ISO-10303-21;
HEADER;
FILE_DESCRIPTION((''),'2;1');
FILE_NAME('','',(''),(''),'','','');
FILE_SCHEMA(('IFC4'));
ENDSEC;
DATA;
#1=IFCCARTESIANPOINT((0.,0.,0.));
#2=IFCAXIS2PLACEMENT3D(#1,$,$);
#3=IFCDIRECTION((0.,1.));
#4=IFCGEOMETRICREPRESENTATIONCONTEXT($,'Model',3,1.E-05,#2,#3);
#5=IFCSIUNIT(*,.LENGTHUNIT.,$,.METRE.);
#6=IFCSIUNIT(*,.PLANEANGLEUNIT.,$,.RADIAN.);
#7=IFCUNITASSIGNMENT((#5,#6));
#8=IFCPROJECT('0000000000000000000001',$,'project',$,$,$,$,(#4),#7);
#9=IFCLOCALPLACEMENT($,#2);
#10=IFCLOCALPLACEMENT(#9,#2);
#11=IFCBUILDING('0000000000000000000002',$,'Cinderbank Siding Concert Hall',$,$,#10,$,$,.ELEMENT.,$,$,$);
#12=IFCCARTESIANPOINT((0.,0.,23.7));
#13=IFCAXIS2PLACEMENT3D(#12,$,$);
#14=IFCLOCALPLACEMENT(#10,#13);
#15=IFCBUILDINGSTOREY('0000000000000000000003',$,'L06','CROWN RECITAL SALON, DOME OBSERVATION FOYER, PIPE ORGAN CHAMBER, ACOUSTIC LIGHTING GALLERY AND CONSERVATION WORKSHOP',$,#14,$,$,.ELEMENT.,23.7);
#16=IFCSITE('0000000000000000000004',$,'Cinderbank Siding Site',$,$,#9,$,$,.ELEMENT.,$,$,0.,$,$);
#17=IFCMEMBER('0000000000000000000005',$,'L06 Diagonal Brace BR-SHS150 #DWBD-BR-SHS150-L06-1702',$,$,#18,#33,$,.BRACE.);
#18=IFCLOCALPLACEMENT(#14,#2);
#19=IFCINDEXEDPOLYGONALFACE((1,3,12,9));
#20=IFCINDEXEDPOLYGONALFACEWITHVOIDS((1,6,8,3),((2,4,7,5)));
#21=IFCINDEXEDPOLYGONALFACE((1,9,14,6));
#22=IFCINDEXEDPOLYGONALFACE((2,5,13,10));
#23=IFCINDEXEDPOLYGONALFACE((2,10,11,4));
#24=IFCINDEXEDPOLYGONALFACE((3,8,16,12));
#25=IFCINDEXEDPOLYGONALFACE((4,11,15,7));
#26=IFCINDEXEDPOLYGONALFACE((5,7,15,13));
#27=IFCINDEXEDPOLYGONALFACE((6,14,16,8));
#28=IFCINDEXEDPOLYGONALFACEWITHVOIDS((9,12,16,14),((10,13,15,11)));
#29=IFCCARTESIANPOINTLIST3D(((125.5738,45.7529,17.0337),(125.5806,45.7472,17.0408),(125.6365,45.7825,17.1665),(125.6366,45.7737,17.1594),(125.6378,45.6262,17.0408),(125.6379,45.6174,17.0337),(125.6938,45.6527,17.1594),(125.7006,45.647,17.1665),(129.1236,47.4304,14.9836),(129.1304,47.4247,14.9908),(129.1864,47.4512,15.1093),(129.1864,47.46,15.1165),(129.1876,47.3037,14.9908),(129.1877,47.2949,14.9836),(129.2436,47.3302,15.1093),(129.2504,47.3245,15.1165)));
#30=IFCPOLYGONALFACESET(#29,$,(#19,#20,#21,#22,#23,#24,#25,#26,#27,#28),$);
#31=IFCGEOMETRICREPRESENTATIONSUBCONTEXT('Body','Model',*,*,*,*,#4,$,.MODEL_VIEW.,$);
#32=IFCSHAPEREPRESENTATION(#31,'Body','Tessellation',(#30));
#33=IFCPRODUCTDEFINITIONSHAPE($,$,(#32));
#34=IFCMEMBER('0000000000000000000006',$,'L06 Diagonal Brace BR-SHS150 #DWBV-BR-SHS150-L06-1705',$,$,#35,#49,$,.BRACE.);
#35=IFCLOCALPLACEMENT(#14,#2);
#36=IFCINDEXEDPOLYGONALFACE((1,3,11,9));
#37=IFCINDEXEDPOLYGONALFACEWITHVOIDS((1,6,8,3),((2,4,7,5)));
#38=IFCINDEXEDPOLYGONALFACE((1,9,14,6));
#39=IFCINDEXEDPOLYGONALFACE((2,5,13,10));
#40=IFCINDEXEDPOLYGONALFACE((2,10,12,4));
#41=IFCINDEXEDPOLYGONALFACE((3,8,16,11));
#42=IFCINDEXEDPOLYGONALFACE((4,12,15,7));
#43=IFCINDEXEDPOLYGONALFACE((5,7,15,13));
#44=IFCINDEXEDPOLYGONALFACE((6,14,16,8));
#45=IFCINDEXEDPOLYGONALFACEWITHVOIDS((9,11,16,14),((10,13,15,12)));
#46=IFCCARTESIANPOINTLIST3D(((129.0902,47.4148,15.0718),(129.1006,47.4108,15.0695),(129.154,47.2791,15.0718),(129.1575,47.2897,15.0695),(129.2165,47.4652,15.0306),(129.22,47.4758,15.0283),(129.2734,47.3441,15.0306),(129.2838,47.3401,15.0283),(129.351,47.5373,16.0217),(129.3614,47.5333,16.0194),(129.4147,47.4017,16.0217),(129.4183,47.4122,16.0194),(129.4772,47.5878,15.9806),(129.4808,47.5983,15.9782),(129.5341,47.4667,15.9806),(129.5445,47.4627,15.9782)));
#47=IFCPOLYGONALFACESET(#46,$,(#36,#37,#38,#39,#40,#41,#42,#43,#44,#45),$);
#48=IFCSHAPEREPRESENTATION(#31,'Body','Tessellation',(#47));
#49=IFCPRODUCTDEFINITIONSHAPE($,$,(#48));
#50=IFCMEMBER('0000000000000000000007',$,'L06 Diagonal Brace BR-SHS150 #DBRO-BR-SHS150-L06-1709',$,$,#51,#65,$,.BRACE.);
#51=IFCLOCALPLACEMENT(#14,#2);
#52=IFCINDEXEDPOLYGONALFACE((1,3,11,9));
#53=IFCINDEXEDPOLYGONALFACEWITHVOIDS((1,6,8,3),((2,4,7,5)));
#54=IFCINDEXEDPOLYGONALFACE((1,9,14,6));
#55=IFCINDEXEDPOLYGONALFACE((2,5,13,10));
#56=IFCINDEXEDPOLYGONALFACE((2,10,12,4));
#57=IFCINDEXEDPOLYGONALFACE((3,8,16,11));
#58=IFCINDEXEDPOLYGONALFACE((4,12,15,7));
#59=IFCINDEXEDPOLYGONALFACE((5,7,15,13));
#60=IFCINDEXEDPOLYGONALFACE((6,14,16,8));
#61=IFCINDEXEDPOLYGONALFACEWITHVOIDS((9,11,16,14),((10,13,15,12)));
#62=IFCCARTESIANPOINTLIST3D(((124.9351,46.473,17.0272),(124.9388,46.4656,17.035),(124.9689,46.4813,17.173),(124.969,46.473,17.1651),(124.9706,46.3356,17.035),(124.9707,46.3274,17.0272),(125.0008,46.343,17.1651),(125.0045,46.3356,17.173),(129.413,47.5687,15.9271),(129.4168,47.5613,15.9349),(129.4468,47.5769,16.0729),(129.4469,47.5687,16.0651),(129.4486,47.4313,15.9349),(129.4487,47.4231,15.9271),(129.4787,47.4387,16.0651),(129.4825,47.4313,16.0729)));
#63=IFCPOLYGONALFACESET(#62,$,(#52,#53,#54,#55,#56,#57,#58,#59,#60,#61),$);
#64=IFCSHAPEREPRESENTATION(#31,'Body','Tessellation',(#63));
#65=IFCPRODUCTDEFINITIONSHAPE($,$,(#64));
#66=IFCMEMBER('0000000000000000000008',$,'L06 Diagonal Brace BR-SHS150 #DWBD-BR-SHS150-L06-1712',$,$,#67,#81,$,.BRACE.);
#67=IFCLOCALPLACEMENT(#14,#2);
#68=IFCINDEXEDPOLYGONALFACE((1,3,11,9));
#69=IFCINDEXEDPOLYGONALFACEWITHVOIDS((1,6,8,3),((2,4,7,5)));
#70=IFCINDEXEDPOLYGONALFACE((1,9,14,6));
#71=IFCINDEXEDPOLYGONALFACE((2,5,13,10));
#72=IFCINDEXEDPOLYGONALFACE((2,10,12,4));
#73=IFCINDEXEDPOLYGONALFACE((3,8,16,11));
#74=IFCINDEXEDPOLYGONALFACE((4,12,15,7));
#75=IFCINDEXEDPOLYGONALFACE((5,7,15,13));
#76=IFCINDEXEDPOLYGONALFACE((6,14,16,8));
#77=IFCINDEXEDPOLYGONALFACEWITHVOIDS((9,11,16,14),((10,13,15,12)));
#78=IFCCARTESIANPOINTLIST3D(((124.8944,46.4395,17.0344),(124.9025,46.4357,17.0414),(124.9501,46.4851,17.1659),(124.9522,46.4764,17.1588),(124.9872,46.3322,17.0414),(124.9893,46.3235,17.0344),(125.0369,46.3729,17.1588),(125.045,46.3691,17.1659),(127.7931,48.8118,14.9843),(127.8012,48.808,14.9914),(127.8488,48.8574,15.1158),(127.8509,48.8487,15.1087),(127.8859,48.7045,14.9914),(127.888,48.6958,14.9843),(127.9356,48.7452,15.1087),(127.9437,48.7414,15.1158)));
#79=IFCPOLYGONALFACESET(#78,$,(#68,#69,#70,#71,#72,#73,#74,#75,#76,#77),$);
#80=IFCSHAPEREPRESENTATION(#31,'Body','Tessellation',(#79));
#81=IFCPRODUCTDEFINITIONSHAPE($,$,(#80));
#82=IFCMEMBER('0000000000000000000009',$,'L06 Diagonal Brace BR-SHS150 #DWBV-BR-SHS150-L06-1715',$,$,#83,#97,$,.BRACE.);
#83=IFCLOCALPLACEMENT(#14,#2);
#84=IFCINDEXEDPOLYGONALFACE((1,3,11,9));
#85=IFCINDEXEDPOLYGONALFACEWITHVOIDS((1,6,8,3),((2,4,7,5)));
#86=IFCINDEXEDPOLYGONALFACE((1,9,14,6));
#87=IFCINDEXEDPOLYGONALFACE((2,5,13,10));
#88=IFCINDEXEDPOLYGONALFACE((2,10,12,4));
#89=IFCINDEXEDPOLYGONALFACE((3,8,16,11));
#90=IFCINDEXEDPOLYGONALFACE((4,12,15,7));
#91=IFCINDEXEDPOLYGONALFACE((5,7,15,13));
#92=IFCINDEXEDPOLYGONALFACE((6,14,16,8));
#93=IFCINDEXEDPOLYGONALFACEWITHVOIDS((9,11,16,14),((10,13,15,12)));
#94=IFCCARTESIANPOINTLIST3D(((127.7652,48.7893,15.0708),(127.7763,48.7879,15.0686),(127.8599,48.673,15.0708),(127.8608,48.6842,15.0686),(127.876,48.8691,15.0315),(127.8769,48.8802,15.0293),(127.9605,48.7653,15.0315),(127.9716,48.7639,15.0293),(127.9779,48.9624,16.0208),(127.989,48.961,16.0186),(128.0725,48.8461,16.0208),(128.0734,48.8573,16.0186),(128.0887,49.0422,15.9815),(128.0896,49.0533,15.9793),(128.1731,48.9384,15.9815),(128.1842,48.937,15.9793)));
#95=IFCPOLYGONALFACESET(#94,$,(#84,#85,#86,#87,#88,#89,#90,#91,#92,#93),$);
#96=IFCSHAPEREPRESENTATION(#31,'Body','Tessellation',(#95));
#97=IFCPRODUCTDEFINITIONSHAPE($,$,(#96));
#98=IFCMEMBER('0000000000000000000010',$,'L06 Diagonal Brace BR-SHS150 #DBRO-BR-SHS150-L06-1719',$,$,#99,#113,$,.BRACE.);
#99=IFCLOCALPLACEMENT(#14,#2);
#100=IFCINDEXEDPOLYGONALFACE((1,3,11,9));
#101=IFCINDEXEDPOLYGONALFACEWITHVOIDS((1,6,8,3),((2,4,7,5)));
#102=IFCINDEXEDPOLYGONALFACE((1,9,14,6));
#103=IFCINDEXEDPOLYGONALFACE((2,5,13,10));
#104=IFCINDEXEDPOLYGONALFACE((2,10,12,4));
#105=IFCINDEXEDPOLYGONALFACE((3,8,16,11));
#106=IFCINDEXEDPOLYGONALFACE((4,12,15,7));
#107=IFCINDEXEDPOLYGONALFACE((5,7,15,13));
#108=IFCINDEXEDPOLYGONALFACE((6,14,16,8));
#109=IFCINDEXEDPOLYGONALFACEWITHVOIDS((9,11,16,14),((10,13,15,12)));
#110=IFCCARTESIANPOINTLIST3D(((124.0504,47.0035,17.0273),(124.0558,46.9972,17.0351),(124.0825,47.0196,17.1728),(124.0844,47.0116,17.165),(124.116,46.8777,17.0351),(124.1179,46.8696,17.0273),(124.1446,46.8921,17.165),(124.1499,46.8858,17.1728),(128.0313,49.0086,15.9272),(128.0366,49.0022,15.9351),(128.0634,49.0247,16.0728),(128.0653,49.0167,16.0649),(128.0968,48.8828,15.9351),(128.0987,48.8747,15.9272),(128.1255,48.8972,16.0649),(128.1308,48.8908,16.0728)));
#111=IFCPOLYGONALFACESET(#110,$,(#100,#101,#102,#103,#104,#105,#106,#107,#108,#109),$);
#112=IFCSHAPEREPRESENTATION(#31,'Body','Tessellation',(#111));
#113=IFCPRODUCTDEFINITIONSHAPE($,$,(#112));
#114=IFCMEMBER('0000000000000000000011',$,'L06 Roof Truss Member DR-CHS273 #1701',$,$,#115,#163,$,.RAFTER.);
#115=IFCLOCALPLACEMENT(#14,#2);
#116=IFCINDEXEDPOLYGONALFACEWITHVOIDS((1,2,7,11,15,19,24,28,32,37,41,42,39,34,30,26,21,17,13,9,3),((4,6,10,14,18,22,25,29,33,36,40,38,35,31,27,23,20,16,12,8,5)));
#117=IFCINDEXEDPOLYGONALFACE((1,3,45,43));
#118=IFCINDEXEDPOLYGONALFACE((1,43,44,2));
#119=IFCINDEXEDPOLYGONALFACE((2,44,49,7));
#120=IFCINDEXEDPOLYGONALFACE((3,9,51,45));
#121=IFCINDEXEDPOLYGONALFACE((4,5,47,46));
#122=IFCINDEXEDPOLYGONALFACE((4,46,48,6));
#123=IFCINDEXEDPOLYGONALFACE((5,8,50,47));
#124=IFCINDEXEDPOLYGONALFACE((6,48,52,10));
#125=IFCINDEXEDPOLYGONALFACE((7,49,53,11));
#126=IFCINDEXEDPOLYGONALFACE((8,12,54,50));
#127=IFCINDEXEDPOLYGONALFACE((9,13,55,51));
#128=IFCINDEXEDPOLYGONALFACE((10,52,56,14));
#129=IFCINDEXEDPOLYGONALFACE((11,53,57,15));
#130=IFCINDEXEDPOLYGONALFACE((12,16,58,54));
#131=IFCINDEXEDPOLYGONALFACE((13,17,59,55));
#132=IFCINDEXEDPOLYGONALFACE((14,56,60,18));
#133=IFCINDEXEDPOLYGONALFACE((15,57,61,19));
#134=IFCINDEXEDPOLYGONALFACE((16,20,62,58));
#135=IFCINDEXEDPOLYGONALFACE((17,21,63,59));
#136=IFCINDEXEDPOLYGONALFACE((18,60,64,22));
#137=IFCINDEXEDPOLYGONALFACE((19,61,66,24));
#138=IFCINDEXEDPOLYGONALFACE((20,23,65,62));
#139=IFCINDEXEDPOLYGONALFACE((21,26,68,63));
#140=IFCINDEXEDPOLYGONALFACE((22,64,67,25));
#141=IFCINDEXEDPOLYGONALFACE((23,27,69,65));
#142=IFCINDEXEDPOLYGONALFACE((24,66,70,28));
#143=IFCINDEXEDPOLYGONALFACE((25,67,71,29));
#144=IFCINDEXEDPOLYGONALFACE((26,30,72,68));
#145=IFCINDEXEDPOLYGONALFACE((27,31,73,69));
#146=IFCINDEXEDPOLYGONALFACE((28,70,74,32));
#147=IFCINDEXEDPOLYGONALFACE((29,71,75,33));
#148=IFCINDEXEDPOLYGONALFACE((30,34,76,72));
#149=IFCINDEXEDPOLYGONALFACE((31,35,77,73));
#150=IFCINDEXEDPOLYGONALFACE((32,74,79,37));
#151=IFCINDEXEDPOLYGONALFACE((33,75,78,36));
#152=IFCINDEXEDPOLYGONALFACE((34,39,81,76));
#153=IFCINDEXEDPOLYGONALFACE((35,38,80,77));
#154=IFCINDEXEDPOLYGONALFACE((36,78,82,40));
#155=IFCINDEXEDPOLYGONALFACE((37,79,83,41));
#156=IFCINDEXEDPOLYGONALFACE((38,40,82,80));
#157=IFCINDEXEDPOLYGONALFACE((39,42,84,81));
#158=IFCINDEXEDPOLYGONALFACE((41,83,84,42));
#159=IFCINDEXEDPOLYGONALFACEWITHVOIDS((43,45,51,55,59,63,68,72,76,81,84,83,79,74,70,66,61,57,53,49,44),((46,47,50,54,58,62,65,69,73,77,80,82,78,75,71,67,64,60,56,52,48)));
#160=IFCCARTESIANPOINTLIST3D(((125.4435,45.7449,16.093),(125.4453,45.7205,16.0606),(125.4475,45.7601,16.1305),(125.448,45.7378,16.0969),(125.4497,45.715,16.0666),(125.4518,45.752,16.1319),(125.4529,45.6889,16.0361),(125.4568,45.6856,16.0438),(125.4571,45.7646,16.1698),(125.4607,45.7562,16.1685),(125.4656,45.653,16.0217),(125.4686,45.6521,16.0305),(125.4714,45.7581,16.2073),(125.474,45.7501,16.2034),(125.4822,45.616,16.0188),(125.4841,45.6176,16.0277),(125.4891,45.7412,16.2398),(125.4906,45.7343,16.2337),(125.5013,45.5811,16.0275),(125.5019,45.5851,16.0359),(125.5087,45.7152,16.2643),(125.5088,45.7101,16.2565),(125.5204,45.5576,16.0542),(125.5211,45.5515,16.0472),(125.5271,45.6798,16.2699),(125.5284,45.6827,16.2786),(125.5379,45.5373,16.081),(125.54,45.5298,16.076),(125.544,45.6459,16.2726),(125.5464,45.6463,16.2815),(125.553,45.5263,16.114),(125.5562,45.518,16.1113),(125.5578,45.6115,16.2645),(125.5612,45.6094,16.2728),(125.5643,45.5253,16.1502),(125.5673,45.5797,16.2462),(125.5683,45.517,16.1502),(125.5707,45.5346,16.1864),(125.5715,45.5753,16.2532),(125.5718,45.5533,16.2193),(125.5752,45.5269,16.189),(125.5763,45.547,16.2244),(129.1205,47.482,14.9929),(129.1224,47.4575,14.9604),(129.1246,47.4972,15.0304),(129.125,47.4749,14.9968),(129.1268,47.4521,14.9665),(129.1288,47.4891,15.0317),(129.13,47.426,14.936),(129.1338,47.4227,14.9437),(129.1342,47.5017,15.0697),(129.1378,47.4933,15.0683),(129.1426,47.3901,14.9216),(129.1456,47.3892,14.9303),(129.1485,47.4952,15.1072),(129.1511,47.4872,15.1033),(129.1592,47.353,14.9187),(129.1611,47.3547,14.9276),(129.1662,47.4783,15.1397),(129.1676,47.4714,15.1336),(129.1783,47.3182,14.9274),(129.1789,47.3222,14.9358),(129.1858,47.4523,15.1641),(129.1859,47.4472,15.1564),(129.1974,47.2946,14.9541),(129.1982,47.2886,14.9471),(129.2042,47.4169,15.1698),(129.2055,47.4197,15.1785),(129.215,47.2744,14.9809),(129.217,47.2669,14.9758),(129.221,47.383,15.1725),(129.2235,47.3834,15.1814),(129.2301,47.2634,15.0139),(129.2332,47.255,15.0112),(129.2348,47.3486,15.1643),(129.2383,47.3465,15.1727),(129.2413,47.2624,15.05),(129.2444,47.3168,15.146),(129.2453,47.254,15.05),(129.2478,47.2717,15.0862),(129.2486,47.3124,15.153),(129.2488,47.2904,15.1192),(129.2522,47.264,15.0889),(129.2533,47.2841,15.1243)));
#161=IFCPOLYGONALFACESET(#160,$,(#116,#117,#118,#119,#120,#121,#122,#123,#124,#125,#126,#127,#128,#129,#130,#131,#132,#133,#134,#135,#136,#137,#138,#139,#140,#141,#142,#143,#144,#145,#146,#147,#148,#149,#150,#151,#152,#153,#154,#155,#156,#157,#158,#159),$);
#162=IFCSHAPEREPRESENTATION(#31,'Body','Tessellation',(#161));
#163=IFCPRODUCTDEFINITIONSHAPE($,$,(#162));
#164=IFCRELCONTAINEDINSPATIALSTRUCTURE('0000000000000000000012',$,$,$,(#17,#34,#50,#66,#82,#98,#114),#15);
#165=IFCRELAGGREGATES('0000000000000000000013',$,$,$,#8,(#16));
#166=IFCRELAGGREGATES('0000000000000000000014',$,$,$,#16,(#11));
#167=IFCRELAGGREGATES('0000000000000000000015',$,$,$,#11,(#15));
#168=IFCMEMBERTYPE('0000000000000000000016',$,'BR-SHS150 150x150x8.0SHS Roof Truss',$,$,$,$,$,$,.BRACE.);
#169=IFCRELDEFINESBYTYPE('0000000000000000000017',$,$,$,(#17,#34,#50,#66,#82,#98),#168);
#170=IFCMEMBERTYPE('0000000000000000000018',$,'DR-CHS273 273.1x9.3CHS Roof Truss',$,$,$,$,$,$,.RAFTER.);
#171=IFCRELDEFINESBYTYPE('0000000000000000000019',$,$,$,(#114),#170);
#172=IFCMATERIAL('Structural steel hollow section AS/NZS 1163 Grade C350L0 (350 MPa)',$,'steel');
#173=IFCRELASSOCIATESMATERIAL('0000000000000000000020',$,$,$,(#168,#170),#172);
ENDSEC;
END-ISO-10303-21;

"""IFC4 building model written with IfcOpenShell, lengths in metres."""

from ifc_helpers import new_model, si_unit, direction, frame, origin, origin_2d, place, context, subcontext, project, spatial, hollow_rectangle, hollow_circle, extrude, material, material_profile, profile_set, type_object, element, save


model = new_model("IFC4")

# Units and contexts
model_context = context("Model", 3, precision=1e-05, world=origin(), true_north=direction((0.0, 1.0)))
body_context = subcontext(model_context, "Body", "Model", "MODEL_VIEW")
ifc_project = project(units=[si_unit("LENGTHUNIT", "METRE"), si_unit("PLANEANGLEUNIT", "RADIAN")], contexts=[model_context])

# Site, building, storey
site_placement = place(None, origin())
site = spatial("IfcSite", under=ifc_project, at=site_placement, Name="Cinderbank Siding Site", CompositionType="ELEMENT", RefElevation=0.0)
building_placement = place(site_placement, origin())
building = spatial("IfcBuilding", under=site, at=building_placement, Name="Cinderbank Siding Concert Hall", CompositionType="ELEMENT")
storey_placement = place(building_placement, frame((0.0, 0.0, 23.7)))
storey = spatial("IfcBuildingStorey", under=building, at=storey_placement, Name="L06", Description="CROWN RECITAL SALON, DOME OBSERVATION FOYER, PIPE ORGAN CHAMBER, ACOUSTIC LIGHTING GALLERY AND CONSERVATION WORKSHOP", CompositionType="ELEMENT", Elevation=23.7)

# Members
ifc_material_1 = material(Name="Structural steel hollow section AS/NZS 1163 Grade C350L0 (350 MPa)", Category="steel")
ifc_material_profile_1 = material_profile(ifc_material_1, hollow_rectangle(XDim=0.1499, YDim=0.1499, WallThickness=0.0081, at=origin_2d()), Name="150x150x8.0SHS", Category="LoadBearing")
ifc_profile_set_1 = profile_set([ifc_material_profile_1], Name="Structural steel hollow section AS/NZS 1163 Grade C350L0 (350 MPa)")
member_type_1 = type_object("IfcMemberType", Name="BR-SHS150 150x150x8.0SHS Roof Truss", PredefinedType="BRACE", material=ifc_profile_set_1)
member_1_placement = place(storey_placement, frame((129.187, 47.3774, 15.05), z_axis=(-0.801456, -0.378735, 0.462849), x_axis=(0.427255, -0.904131, 0.0)))
element("IfcMember", 1, at=member_1_placement, inside=storey, type_object=member_type_1, Name="L06 Diagonal Brace BR-SHS150 #DWBD-BR-SHS150-L06-1702", PredefinedType="BRACE", context=body_context, shape_type="SweptSolid", body=[
    extrude(hollow_rectangle(XDim=0.1499, YDim=0.1499, WallThickness=0.0081, at=origin_2d()), origin(), (0.0, 0.0, 1.0), 4.4292),
])
member_2_placement = place(storey_placement, frame((129.187, 47.3774, 15.05), z_axis=(0.262665, 0.123462, 0.956956), x_axis=(-0.425389, 0.905011, 0.0)))
element("IfcMember", 2, at=member_2_placement, inside=storey, type_object=member_type_1, Name="L06 Diagonal Brace BR-SHS150 #DWBV-BR-SHS150-L06-1705", PredefinedType="BRACE", context=body_context, shape_type="SweptSolid", body=[
    extrude(hollow_rectangle(XDim=0.1499, YDim=0.1499, WallThickness=0.0081, at=origin_2d()), origin(), (0.0, 0.0, 1.0), 0.9927),
])
member_3_placement = place(storey_placement, frame((129.4478, 47.5, 16.0), z_axis=(-0.944818, -0.231182, 0.232109), x_axis=(0.237673, -0.971345, 0.0)))
element("IfcMember", 3, at=member_3_placement, inside=storey, type_object=member_type_1, Name="L06 Diagonal Brace BR-SHS150 #DBRO-BR-SHS150-L06-1709", PredefinedType="BRACE", context=body_context, shape_type="SweptSolid", body=[
    extrude(hollow_rectangle(XDim=0.1499, YDim=0.1499, WallThickness=0.0081, at=origin_2d()), origin(), (0.0, 0.0, 1.0), 4.7395),
])
member_4_placement = place(storey_placement, frame((127.8684, 48.7766, 15.05), z_axis=(-0.678848, -0.555577, 0.480105), x_axis=(0.633344, -0.77387, 0.0)))
element("IfcMember", 4, at=member_4_placement, inside=storey, type_object=member_type_1, Name="L06 Diagonal Brace BR-SHS150 #DWBD-BR-SHS150-L06-1712", PredefinedType="BRACE", context=body_context, shape_type="SweptSolid", body=[
    extrude(hollow_rectangle(XDim=0.1499, YDim=0.1499, WallThickness=0.0081, at=origin_2d()), origin(), (0.0, 0.0, 1.0), 4.27),
])
member_5_placement = place(storey_placement, frame((127.8684, 48.7766, 15.05), z_axis=(0.21507, 0.175069, 0.960779), x_axis=(-0.631296, 0.775542, 0.0)))
element("IfcMember", 5, at=member_5_placement, inside=storey, type_object=member_type_1, Name="L06 Diagonal Brace BR-SHS150 #DWBV-BR-SHS150-L06-1715", PredefinedType="BRACE", context=body_context, shape_type="SweptSolid", body=[
    extrude(hollow_rectangle(XDim=0.1499, YDim=0.1499, WallThickness=0.0081, at=origin_2d()), origin(), (0.0, 0.0, 1.0), 0.9888),
])
member_6_placement = place(storey_placement, frame((128.0811, 48.9497, 16.0), z_axis=(-0.867091, -0.436736, 0.239612), x_axis=(0.449841, -0.893109, 0.0)))
element("IfcMember", 6, at=member_6_placement, inside=storey, type_object=member_type_1, Name="L06 Diagonal Brace BR-SHS150 #DBRO-BR-SHS150-L06-1719", PredefinedType="BRACE", context=body_context, shape_type="SweptSolid", body=[
    extrude(hollow_rectangle(XDim=0.1499, YDim=0.1499, WallThickness=0.0081, at=origin_2d()), origin(), (0.0, 0.0, 1.0), 4.5911),
])
ifc_material_profile_2 = material_profile(ifc_material_1, hollow_circle(Radius=0.1365, WallThickness=0.0093, at=origin_2d()), Name="273.1x9.3CHS", Category="LoadBearing")
ifc_profile_set_2 = profile_set([ifc_material_profile_2], Name="Structural steel hollow section AS/NZS 1163 Grade C350L0 (350 MPa)")
member_type_2 = type_object("IfcMemberType", Name="DR-CHS273 273.1x9.3CHS Roof Truss", PredefinedType="RAFTER", material=ifc_profile_set_2)
member_7_placement = place(storey_placement, frame((129.187, 47.3774, 15.05), z_axis=(-0.87281, -0.412326, 0.26113), x_axis=(0.427147, -0.904182, 0.0)))
element("IfcMember", 7, at=member_7_placement, inside=storey, type_object=member_type_2, Name="L06 Roof Truss Member DR-CHS273 #1701", PredefinedType="RAFTER", context=body_context, shape_type="SweptSolid", body=[
    extrude(hollow_circle(Radius=0.1365, WallThickness=0.0093, at=origin_2d()), origin(), (0.0, 0.0, 1.0), 4.2129),
])

save(model, "model.ifc")
